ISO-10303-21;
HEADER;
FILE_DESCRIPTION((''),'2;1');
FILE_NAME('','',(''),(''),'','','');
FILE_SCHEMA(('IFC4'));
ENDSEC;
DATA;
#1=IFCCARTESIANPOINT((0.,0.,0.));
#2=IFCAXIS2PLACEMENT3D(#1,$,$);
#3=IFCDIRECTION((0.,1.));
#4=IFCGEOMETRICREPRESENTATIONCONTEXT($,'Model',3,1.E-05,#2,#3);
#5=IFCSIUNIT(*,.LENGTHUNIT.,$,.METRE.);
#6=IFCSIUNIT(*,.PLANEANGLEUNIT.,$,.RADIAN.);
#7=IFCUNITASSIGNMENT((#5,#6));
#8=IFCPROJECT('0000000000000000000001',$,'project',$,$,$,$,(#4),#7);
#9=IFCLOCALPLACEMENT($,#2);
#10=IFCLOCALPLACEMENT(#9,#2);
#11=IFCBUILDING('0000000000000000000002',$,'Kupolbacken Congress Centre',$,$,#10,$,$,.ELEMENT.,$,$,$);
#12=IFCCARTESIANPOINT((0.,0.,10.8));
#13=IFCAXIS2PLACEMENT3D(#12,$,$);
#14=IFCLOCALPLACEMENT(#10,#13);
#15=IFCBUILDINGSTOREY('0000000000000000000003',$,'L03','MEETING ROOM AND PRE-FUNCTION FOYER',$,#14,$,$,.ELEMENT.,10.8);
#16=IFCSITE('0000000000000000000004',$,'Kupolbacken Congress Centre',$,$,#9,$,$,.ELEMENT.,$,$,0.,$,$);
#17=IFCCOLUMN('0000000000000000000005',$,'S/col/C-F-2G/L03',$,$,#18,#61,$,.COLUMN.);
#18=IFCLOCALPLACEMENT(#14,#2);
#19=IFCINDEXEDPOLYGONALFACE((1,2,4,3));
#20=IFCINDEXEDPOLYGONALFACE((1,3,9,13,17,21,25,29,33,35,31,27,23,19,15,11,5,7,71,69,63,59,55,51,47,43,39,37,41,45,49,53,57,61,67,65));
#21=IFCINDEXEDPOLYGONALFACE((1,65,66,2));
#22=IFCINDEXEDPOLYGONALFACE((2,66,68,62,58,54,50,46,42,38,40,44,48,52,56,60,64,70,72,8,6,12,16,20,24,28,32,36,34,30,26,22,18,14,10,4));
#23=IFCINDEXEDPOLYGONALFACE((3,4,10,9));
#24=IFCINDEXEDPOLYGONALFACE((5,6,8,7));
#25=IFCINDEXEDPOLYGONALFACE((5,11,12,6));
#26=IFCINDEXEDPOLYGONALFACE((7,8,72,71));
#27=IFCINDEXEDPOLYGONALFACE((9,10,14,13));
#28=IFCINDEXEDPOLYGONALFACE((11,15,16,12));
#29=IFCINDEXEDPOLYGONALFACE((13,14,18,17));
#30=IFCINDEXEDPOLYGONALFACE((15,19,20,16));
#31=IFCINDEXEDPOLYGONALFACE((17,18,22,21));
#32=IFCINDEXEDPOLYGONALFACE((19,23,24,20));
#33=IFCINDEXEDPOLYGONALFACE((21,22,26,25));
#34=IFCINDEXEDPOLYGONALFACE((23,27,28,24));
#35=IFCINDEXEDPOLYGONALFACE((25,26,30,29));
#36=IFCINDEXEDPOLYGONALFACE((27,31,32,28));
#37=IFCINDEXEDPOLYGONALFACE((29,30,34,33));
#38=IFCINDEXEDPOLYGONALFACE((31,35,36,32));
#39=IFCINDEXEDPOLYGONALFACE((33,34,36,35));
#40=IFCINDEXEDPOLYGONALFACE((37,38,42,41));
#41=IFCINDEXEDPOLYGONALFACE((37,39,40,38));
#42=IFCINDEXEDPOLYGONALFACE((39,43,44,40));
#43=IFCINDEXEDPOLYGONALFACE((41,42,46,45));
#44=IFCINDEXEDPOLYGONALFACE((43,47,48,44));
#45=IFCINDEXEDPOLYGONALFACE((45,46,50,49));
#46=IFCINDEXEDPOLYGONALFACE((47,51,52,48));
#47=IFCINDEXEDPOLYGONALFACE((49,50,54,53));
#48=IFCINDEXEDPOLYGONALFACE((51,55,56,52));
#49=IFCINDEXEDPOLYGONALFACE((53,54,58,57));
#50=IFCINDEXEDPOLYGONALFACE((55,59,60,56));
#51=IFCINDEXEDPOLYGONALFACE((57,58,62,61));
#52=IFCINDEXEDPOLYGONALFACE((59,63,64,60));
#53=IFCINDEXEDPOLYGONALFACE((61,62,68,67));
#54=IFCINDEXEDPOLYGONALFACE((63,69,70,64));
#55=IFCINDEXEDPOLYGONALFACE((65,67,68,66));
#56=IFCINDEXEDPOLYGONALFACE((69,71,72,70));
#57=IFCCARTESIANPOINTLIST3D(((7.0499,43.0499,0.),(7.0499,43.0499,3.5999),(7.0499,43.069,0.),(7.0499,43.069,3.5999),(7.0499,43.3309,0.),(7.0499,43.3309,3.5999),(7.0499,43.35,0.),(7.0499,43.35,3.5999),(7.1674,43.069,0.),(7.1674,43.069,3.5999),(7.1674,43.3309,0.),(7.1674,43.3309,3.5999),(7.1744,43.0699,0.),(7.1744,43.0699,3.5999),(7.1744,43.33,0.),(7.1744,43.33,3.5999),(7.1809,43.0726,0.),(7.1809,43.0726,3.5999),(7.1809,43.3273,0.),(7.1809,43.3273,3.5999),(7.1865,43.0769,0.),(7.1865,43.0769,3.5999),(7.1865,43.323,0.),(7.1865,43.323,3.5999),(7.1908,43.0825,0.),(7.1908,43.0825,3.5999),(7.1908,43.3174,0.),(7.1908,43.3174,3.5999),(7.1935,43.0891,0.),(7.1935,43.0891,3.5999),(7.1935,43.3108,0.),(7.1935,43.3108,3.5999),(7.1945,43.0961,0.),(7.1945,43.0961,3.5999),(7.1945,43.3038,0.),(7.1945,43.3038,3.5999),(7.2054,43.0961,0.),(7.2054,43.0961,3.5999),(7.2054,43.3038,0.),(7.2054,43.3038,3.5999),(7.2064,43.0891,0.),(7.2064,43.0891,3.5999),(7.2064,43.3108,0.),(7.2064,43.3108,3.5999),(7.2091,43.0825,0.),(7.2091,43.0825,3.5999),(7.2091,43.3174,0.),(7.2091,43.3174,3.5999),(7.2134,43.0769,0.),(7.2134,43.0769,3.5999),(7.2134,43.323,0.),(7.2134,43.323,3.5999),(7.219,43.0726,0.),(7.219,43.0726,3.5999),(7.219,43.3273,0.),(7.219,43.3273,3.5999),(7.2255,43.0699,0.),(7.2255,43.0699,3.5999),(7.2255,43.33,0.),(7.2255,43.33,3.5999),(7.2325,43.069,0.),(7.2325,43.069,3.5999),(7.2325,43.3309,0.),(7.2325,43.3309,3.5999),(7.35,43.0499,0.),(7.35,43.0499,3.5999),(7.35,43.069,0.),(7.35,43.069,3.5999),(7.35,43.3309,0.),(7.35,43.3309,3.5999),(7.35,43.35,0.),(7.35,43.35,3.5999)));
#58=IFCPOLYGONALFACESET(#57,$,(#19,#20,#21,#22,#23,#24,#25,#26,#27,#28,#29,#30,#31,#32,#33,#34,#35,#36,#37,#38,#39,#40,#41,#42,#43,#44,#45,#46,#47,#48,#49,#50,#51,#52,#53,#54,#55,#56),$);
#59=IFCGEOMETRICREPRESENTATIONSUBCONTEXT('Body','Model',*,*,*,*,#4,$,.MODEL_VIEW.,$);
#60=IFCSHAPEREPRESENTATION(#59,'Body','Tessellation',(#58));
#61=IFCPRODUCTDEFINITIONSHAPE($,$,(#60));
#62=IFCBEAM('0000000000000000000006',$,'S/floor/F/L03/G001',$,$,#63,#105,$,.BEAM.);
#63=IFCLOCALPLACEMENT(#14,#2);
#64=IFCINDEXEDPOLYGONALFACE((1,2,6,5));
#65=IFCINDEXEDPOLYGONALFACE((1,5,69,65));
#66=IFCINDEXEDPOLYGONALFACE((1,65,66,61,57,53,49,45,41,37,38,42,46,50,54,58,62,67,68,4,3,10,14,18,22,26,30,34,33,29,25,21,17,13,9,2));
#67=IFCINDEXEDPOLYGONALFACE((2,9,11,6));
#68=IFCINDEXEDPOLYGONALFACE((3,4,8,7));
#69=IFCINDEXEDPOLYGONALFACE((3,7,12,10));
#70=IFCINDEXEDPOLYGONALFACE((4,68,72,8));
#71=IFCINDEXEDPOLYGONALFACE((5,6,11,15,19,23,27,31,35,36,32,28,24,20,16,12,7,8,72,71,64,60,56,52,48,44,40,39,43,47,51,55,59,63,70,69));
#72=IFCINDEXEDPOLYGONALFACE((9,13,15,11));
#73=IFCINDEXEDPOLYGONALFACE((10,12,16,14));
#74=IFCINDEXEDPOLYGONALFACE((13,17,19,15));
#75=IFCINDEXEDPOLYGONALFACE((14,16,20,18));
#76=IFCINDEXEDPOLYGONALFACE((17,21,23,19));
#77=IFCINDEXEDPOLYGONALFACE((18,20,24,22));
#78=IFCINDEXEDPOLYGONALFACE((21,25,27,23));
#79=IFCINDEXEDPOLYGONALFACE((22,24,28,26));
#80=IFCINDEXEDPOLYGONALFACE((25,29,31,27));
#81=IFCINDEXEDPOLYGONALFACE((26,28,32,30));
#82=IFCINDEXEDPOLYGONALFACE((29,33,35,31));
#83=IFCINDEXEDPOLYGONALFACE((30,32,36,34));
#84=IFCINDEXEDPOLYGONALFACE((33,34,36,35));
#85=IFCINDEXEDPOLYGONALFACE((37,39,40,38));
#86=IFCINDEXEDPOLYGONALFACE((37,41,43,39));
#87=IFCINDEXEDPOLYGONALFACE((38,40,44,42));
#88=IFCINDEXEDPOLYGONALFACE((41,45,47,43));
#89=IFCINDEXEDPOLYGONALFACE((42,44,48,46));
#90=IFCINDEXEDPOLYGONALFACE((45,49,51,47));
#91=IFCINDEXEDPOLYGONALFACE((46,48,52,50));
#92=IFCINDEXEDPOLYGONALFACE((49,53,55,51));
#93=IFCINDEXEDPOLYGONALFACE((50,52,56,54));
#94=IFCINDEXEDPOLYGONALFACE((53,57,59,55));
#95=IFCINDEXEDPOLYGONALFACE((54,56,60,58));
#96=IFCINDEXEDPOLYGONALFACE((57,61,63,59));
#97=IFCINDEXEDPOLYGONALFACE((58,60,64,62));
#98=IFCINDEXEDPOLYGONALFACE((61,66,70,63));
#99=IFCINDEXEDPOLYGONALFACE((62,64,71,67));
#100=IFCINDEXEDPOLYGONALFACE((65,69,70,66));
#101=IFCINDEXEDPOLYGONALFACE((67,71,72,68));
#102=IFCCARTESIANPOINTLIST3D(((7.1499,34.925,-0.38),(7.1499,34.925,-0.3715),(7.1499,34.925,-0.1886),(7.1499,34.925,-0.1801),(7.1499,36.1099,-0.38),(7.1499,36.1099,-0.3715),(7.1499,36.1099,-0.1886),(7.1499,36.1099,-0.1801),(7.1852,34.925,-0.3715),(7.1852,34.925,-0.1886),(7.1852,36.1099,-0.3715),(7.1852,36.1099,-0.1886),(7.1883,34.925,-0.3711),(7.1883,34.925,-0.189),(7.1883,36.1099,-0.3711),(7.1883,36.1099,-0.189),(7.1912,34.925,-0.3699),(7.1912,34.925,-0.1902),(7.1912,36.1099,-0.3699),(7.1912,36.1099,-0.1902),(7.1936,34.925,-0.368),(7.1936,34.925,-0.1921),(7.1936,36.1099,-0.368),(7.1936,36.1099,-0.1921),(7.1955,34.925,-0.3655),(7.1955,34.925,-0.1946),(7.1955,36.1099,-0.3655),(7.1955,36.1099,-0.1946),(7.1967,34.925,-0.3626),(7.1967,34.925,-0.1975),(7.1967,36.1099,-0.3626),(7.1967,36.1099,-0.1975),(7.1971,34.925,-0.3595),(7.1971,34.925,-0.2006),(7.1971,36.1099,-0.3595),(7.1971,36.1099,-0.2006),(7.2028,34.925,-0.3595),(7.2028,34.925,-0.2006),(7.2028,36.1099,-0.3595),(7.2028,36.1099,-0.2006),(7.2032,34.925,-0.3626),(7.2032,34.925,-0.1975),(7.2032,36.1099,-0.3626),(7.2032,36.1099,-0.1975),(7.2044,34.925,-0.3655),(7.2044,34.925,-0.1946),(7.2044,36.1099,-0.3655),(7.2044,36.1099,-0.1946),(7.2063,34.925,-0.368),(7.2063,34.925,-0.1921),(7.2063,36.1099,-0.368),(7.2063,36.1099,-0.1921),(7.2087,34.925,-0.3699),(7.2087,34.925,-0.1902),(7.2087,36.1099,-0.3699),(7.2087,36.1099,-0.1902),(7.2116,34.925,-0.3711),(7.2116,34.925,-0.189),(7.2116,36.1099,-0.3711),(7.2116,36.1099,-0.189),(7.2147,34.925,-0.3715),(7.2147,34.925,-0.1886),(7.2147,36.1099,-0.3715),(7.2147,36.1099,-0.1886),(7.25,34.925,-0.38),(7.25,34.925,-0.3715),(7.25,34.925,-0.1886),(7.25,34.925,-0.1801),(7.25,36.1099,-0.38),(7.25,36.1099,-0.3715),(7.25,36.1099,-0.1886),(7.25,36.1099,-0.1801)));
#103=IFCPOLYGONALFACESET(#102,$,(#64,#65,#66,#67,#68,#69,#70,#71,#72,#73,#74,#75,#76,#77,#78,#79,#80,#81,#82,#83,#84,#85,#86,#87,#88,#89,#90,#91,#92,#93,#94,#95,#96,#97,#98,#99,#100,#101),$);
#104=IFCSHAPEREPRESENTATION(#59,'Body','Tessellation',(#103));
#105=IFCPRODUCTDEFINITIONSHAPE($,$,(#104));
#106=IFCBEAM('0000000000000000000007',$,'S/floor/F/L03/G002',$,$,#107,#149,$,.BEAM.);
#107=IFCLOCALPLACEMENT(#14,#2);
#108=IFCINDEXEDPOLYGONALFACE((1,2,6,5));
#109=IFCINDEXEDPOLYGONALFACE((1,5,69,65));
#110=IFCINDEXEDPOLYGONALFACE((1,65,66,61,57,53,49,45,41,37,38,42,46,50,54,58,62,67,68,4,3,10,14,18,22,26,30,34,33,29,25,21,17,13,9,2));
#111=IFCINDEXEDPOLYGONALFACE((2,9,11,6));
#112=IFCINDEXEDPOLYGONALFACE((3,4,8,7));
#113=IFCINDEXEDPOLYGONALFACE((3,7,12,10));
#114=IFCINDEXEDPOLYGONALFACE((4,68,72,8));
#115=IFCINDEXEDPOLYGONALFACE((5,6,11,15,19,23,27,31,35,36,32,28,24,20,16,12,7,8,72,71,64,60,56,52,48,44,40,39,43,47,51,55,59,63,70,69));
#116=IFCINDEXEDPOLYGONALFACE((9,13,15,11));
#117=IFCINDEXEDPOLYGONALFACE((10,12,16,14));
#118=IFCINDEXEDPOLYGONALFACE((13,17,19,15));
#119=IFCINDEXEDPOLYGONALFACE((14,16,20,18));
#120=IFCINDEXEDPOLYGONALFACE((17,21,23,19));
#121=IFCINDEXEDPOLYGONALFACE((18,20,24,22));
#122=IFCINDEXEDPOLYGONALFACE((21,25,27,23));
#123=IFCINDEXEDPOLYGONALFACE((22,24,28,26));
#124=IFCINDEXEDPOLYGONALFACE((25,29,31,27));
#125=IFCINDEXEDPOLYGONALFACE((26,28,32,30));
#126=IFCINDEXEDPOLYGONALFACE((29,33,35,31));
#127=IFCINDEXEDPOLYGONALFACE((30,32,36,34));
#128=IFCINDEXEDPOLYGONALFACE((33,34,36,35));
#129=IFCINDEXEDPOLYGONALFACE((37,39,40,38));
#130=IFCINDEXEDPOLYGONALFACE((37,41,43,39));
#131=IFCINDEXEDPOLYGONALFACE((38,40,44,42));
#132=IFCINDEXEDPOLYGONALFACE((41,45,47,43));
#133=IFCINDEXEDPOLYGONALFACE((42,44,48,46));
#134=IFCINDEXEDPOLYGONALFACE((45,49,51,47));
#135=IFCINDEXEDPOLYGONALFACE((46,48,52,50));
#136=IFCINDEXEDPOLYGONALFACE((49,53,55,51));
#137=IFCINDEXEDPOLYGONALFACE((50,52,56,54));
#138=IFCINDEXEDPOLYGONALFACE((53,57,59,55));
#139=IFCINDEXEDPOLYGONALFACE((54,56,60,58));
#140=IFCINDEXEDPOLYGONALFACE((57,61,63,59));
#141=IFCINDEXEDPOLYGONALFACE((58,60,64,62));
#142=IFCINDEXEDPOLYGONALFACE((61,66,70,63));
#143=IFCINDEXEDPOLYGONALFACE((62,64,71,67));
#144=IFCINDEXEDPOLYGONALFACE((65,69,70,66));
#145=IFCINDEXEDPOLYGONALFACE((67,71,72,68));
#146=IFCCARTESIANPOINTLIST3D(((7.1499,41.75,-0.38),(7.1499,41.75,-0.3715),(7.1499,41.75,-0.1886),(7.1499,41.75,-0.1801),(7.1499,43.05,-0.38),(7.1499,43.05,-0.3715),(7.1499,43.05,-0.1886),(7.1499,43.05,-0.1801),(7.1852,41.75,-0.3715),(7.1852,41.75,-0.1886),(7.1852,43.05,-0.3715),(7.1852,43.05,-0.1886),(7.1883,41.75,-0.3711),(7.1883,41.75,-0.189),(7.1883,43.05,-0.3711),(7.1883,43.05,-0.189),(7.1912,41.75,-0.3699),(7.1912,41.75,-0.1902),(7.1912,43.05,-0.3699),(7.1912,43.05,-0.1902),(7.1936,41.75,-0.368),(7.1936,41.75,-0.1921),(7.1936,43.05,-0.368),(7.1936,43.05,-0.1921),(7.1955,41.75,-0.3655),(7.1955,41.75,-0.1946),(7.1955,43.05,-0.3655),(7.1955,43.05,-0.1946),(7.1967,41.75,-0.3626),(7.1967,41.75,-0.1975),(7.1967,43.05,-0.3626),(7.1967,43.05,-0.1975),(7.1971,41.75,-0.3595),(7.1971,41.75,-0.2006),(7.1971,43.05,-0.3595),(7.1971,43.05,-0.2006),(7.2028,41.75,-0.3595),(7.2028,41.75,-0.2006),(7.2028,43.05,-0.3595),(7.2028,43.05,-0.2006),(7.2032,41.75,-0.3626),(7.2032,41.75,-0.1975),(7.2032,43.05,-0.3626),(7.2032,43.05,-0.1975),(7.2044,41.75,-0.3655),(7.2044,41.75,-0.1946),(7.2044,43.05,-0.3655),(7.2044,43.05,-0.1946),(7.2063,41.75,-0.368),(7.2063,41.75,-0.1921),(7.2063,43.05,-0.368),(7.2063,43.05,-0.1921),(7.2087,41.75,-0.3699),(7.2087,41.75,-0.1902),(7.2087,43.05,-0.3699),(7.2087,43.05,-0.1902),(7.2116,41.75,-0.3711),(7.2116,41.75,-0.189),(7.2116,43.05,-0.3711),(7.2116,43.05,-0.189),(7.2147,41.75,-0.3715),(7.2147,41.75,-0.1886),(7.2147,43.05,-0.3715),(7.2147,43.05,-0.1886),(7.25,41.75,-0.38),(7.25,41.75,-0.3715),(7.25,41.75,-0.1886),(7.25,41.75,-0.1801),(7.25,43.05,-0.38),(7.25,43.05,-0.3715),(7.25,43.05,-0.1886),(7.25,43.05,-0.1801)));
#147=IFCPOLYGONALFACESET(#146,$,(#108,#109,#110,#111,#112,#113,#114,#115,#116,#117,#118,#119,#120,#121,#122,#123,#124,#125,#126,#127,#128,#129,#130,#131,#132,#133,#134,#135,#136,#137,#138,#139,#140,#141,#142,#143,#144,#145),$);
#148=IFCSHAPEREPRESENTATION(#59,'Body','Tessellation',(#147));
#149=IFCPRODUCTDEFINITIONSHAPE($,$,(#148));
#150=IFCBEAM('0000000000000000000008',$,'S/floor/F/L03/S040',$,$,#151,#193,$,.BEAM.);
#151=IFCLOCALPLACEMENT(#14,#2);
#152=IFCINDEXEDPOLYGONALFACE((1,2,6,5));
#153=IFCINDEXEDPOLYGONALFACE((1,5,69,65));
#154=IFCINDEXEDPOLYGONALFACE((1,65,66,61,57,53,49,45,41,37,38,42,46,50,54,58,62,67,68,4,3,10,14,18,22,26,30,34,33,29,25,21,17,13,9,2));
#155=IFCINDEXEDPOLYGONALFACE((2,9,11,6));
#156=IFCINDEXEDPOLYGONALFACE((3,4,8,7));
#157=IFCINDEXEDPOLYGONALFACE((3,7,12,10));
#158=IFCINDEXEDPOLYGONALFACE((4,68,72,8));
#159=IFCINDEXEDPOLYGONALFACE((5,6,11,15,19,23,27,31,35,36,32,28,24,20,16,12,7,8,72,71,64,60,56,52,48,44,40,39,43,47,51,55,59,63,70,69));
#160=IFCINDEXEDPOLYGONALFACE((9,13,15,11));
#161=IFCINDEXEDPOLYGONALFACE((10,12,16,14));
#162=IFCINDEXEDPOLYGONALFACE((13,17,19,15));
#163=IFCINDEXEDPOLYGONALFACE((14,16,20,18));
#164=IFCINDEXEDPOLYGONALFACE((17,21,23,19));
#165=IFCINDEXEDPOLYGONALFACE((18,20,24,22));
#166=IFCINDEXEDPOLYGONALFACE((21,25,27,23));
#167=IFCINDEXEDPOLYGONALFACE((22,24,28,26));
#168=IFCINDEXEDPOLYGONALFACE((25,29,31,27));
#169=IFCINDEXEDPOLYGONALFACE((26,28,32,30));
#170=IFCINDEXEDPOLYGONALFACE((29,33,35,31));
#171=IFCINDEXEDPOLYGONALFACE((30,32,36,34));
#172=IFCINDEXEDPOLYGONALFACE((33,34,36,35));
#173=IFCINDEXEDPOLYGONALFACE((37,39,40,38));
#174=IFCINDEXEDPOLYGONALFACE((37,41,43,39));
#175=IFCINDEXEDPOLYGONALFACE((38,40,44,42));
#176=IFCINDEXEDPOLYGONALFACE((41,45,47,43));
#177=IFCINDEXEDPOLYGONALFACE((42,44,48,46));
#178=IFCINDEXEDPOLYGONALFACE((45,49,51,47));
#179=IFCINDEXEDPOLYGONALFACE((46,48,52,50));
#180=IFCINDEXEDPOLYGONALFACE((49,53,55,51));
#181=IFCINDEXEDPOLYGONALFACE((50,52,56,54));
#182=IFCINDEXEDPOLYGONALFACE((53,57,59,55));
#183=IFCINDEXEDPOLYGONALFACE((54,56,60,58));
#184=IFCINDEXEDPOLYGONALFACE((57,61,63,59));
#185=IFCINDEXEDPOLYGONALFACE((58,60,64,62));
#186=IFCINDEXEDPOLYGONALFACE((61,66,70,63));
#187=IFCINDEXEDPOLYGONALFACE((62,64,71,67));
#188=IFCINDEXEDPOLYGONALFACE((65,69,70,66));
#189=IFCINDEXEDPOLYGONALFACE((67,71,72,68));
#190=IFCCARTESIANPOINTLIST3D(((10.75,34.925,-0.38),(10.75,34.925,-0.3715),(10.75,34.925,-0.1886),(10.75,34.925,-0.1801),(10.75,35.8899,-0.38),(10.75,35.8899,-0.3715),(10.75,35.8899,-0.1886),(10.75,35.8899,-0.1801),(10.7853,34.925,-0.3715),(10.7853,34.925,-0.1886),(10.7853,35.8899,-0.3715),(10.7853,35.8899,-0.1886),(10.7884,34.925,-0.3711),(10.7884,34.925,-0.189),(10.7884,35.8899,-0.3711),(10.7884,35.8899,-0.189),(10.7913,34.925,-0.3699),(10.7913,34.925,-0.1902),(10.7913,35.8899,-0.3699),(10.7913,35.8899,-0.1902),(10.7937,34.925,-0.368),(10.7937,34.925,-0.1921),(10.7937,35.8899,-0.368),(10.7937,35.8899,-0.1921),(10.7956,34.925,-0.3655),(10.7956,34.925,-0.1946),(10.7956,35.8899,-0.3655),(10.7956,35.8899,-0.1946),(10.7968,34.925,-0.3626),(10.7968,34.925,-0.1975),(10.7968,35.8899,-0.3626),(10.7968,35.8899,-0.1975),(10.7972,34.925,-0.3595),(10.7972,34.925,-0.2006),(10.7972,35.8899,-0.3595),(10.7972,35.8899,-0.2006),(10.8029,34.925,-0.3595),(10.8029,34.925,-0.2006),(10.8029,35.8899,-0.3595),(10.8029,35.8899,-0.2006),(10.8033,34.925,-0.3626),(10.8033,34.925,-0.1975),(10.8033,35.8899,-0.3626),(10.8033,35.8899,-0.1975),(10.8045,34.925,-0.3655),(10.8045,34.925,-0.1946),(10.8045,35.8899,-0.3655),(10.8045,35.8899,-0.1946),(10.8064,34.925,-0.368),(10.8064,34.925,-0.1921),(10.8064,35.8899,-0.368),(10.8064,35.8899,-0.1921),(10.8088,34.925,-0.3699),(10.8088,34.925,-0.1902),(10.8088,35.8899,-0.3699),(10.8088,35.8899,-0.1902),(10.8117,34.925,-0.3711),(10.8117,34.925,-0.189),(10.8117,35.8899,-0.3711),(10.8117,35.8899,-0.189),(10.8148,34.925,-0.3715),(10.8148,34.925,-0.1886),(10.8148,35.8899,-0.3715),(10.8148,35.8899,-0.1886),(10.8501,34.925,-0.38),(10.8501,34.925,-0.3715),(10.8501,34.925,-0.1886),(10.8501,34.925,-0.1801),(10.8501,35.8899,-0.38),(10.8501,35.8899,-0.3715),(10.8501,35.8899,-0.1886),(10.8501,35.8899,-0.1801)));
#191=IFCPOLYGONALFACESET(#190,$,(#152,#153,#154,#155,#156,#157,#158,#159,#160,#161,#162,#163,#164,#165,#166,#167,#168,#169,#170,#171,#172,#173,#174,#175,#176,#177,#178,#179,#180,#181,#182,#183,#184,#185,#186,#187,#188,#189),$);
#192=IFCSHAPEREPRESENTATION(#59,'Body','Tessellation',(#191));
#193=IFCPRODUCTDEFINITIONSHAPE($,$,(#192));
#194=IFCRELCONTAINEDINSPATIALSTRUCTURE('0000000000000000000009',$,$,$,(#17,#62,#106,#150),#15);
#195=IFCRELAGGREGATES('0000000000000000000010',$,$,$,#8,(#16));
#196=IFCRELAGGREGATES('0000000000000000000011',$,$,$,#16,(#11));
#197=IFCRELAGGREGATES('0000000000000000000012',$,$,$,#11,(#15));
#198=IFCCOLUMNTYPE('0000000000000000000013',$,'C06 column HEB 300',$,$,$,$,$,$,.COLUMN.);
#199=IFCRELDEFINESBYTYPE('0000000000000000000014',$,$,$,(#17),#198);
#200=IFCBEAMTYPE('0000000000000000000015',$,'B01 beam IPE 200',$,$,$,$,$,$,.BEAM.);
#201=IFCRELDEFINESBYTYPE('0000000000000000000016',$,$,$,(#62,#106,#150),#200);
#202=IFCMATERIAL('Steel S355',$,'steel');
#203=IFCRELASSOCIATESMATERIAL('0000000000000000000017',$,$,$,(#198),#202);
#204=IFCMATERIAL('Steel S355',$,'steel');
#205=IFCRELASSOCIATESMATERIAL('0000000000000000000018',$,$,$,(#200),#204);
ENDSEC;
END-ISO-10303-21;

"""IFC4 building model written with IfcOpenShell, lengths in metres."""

from ifc_helpers import new_model, si_unit, direction, frame, origin, origin_2d, place, context, subcontext, project, spatial, i_section, extrude, material, material_profile, profile_set, type_object, element, save


model = new_model("IFC4")

# Units and contexts
model_context = context("Model", 3, precision=1e-05, world=origin(), true_north=direction((0.0, 1.0)))
body_context = subcontext(model_context, "Body", "Model", "MODEL_VIEW")
ifc_project = project(units=[si_unit("LENGTHUNIT", "METRE"), si_unit("PLANEANGLEUNIT", "RADIAN")], contexts=[model_context])

# Site, building, storey
site_placement = place(None, origin())
site = spatial("IfcSite", under=ifc_project, at=site_placement, Name="Kupolbacken Congress Centre", CompositionType="ELEMENT", RefElevation=0.0)
building_placement = place(site_placement, origin())
building = spatial("IfcBuilding", under=site, at=building_placement, Name="Kupolbacken Congress Centre", CompositionType="ELEMENT")
storey_placement = place(building_placement, frame((0.0, 0.0, 10.8)))
storey = spatial("IfcBuildingStorey", under=building, at=storey_placement, Name="L03", Description="MEETING ROOM AND PRE-FUNCTION FOYER", CompositionType="ELEMENT", Elevation=10.8)

# Column
ifc_material_1 = material(Name="Steel S355", Category="steel")
ifc_material_profile_1 = material_profile(ifc_material_1, i_section(OverallWidth=0.3, OverallDepth=0.3, WebThickness=0.011, FlangeThickness=0.019, FilletRadius=0.0271, at=origin_2d()), Name="HEB 300")
ifc_profile_set_1 = profile_set([ifc_material_profile_1], Name="Steel S355")
column_type = type_object("IfcColumnType", Name="C06 column HEB 300", PredefinedType="COLUMN", material=ifc_profile_set_1)
column_placement = place(storey_placement, frame((7.2, 43.2, 0.0), z_axis=(0.0, 0.0, 1.0), x_axis=(1.0, 0.0, 0.0)))
element("IfcColumn", 1, at=column_placement, inside=storey, type_object=column_type, Name="S/col/C-F-2G/L03", PredefinedType="COLUMN", context=body_context, shape_type="SweptSolid", body=[
    extrude(i_section(OverallWidth=0.3, OverallDepth=0.3, WebThickness=0.011, FlangeThickness=0.019, FilletRadius=0.0271, at=origin_2d()), origin(), (0.0, 0.0, 1.0), 3.5999),
])

# Beams
ifc_material_2 = material(Name="Steel S355", Category="steel")
ifc_material_profile_2 = material_profile(ifc_material_2, i_section(OverallWidth=0.1001, OverallDepth=0.2, WebThickness=0.0056, FlangeThickness=0.0085, FilletRadius=0.012, at=origin_2d()), Name="IPE 200")
ifc_profile_set_2 = profile_set([ifc_material_profile_2], Name="Steel S355")
beam_type_1 = type_object("IfcBeamType", Name="B01 beam IPE 200", PredefinedType="BEAM", material=ifc_profile_set_2)
beam_1_placement = place(storey_placement, frame((7.2, 34.925, -0.28), z_axis=(0.0, 1.0, 0.0), x_axis=(-1.0, 0.0, 0.0)))
element("IfcBeam", 2, at=beam_1_placement, inside=storey, type_object=beam_type_1, Name="S/floor/F/L03/G001", PredefinedType="BEAM", context=body_context, shape_type="SweptSolid", body=[
    extrude(i_section(OverallWidth=0.1001, OverallDepth=0.2, WebThickness=0.0056, FlangeThickness=0.0085, FilletRadius=0.012, at=origin_2d()), origin(), (0.0, 0.0, 1.0), 1.1848),
])
beam_2_placement = place(storey_placement, frame((7.2, 41.75, -0.28), z_axis=(0.0, 1.0, 0.0), x_axis=(-1.0, 0.0, 0.0)))
element("IfcBeam", 3, at=beam_2_placement, inside=storey, type_object=beam_type_1, Name="S/floor/F/L03/G002", PredefinedType="BEAM", context=body_context, shape_type="SweptSolid", body=[
    extrude(i_section(OverallWidth=0.1001, OverallDepth=0.2, WebThickness=0.0056, FlangeThickness=0.0085, FilletRadius=0.012, at=origin_2d()), origin(), (0.0, 0.0, 1.0), 1.3),
])
beam_3_placement = place(storey_placement, frame((10.8, 34.925, -0.28), z_axis=(0.0, 1.0, 0.0), x_axis=(-1.0, 0.0, 0.0)))
element("IfcBeam", 4, at=beam_3_placement, inside=storey, type_object=beam_type_1, Name="S/floor/F/L03/S040", PredefinedType="BEAM", context=body_context, shape_type="SweptSolid", body=[
    extrude(i_section(OverallWidth=0.1001, OverallDepth=0.2, WebThickness=0.0056, FlangeThickness=0.0085, FilletRadius=0.012, at=origin_2d()), origin(), (0.0, 0.0, 1.0), 0.9648),
])

save(model, "model.ifc")
